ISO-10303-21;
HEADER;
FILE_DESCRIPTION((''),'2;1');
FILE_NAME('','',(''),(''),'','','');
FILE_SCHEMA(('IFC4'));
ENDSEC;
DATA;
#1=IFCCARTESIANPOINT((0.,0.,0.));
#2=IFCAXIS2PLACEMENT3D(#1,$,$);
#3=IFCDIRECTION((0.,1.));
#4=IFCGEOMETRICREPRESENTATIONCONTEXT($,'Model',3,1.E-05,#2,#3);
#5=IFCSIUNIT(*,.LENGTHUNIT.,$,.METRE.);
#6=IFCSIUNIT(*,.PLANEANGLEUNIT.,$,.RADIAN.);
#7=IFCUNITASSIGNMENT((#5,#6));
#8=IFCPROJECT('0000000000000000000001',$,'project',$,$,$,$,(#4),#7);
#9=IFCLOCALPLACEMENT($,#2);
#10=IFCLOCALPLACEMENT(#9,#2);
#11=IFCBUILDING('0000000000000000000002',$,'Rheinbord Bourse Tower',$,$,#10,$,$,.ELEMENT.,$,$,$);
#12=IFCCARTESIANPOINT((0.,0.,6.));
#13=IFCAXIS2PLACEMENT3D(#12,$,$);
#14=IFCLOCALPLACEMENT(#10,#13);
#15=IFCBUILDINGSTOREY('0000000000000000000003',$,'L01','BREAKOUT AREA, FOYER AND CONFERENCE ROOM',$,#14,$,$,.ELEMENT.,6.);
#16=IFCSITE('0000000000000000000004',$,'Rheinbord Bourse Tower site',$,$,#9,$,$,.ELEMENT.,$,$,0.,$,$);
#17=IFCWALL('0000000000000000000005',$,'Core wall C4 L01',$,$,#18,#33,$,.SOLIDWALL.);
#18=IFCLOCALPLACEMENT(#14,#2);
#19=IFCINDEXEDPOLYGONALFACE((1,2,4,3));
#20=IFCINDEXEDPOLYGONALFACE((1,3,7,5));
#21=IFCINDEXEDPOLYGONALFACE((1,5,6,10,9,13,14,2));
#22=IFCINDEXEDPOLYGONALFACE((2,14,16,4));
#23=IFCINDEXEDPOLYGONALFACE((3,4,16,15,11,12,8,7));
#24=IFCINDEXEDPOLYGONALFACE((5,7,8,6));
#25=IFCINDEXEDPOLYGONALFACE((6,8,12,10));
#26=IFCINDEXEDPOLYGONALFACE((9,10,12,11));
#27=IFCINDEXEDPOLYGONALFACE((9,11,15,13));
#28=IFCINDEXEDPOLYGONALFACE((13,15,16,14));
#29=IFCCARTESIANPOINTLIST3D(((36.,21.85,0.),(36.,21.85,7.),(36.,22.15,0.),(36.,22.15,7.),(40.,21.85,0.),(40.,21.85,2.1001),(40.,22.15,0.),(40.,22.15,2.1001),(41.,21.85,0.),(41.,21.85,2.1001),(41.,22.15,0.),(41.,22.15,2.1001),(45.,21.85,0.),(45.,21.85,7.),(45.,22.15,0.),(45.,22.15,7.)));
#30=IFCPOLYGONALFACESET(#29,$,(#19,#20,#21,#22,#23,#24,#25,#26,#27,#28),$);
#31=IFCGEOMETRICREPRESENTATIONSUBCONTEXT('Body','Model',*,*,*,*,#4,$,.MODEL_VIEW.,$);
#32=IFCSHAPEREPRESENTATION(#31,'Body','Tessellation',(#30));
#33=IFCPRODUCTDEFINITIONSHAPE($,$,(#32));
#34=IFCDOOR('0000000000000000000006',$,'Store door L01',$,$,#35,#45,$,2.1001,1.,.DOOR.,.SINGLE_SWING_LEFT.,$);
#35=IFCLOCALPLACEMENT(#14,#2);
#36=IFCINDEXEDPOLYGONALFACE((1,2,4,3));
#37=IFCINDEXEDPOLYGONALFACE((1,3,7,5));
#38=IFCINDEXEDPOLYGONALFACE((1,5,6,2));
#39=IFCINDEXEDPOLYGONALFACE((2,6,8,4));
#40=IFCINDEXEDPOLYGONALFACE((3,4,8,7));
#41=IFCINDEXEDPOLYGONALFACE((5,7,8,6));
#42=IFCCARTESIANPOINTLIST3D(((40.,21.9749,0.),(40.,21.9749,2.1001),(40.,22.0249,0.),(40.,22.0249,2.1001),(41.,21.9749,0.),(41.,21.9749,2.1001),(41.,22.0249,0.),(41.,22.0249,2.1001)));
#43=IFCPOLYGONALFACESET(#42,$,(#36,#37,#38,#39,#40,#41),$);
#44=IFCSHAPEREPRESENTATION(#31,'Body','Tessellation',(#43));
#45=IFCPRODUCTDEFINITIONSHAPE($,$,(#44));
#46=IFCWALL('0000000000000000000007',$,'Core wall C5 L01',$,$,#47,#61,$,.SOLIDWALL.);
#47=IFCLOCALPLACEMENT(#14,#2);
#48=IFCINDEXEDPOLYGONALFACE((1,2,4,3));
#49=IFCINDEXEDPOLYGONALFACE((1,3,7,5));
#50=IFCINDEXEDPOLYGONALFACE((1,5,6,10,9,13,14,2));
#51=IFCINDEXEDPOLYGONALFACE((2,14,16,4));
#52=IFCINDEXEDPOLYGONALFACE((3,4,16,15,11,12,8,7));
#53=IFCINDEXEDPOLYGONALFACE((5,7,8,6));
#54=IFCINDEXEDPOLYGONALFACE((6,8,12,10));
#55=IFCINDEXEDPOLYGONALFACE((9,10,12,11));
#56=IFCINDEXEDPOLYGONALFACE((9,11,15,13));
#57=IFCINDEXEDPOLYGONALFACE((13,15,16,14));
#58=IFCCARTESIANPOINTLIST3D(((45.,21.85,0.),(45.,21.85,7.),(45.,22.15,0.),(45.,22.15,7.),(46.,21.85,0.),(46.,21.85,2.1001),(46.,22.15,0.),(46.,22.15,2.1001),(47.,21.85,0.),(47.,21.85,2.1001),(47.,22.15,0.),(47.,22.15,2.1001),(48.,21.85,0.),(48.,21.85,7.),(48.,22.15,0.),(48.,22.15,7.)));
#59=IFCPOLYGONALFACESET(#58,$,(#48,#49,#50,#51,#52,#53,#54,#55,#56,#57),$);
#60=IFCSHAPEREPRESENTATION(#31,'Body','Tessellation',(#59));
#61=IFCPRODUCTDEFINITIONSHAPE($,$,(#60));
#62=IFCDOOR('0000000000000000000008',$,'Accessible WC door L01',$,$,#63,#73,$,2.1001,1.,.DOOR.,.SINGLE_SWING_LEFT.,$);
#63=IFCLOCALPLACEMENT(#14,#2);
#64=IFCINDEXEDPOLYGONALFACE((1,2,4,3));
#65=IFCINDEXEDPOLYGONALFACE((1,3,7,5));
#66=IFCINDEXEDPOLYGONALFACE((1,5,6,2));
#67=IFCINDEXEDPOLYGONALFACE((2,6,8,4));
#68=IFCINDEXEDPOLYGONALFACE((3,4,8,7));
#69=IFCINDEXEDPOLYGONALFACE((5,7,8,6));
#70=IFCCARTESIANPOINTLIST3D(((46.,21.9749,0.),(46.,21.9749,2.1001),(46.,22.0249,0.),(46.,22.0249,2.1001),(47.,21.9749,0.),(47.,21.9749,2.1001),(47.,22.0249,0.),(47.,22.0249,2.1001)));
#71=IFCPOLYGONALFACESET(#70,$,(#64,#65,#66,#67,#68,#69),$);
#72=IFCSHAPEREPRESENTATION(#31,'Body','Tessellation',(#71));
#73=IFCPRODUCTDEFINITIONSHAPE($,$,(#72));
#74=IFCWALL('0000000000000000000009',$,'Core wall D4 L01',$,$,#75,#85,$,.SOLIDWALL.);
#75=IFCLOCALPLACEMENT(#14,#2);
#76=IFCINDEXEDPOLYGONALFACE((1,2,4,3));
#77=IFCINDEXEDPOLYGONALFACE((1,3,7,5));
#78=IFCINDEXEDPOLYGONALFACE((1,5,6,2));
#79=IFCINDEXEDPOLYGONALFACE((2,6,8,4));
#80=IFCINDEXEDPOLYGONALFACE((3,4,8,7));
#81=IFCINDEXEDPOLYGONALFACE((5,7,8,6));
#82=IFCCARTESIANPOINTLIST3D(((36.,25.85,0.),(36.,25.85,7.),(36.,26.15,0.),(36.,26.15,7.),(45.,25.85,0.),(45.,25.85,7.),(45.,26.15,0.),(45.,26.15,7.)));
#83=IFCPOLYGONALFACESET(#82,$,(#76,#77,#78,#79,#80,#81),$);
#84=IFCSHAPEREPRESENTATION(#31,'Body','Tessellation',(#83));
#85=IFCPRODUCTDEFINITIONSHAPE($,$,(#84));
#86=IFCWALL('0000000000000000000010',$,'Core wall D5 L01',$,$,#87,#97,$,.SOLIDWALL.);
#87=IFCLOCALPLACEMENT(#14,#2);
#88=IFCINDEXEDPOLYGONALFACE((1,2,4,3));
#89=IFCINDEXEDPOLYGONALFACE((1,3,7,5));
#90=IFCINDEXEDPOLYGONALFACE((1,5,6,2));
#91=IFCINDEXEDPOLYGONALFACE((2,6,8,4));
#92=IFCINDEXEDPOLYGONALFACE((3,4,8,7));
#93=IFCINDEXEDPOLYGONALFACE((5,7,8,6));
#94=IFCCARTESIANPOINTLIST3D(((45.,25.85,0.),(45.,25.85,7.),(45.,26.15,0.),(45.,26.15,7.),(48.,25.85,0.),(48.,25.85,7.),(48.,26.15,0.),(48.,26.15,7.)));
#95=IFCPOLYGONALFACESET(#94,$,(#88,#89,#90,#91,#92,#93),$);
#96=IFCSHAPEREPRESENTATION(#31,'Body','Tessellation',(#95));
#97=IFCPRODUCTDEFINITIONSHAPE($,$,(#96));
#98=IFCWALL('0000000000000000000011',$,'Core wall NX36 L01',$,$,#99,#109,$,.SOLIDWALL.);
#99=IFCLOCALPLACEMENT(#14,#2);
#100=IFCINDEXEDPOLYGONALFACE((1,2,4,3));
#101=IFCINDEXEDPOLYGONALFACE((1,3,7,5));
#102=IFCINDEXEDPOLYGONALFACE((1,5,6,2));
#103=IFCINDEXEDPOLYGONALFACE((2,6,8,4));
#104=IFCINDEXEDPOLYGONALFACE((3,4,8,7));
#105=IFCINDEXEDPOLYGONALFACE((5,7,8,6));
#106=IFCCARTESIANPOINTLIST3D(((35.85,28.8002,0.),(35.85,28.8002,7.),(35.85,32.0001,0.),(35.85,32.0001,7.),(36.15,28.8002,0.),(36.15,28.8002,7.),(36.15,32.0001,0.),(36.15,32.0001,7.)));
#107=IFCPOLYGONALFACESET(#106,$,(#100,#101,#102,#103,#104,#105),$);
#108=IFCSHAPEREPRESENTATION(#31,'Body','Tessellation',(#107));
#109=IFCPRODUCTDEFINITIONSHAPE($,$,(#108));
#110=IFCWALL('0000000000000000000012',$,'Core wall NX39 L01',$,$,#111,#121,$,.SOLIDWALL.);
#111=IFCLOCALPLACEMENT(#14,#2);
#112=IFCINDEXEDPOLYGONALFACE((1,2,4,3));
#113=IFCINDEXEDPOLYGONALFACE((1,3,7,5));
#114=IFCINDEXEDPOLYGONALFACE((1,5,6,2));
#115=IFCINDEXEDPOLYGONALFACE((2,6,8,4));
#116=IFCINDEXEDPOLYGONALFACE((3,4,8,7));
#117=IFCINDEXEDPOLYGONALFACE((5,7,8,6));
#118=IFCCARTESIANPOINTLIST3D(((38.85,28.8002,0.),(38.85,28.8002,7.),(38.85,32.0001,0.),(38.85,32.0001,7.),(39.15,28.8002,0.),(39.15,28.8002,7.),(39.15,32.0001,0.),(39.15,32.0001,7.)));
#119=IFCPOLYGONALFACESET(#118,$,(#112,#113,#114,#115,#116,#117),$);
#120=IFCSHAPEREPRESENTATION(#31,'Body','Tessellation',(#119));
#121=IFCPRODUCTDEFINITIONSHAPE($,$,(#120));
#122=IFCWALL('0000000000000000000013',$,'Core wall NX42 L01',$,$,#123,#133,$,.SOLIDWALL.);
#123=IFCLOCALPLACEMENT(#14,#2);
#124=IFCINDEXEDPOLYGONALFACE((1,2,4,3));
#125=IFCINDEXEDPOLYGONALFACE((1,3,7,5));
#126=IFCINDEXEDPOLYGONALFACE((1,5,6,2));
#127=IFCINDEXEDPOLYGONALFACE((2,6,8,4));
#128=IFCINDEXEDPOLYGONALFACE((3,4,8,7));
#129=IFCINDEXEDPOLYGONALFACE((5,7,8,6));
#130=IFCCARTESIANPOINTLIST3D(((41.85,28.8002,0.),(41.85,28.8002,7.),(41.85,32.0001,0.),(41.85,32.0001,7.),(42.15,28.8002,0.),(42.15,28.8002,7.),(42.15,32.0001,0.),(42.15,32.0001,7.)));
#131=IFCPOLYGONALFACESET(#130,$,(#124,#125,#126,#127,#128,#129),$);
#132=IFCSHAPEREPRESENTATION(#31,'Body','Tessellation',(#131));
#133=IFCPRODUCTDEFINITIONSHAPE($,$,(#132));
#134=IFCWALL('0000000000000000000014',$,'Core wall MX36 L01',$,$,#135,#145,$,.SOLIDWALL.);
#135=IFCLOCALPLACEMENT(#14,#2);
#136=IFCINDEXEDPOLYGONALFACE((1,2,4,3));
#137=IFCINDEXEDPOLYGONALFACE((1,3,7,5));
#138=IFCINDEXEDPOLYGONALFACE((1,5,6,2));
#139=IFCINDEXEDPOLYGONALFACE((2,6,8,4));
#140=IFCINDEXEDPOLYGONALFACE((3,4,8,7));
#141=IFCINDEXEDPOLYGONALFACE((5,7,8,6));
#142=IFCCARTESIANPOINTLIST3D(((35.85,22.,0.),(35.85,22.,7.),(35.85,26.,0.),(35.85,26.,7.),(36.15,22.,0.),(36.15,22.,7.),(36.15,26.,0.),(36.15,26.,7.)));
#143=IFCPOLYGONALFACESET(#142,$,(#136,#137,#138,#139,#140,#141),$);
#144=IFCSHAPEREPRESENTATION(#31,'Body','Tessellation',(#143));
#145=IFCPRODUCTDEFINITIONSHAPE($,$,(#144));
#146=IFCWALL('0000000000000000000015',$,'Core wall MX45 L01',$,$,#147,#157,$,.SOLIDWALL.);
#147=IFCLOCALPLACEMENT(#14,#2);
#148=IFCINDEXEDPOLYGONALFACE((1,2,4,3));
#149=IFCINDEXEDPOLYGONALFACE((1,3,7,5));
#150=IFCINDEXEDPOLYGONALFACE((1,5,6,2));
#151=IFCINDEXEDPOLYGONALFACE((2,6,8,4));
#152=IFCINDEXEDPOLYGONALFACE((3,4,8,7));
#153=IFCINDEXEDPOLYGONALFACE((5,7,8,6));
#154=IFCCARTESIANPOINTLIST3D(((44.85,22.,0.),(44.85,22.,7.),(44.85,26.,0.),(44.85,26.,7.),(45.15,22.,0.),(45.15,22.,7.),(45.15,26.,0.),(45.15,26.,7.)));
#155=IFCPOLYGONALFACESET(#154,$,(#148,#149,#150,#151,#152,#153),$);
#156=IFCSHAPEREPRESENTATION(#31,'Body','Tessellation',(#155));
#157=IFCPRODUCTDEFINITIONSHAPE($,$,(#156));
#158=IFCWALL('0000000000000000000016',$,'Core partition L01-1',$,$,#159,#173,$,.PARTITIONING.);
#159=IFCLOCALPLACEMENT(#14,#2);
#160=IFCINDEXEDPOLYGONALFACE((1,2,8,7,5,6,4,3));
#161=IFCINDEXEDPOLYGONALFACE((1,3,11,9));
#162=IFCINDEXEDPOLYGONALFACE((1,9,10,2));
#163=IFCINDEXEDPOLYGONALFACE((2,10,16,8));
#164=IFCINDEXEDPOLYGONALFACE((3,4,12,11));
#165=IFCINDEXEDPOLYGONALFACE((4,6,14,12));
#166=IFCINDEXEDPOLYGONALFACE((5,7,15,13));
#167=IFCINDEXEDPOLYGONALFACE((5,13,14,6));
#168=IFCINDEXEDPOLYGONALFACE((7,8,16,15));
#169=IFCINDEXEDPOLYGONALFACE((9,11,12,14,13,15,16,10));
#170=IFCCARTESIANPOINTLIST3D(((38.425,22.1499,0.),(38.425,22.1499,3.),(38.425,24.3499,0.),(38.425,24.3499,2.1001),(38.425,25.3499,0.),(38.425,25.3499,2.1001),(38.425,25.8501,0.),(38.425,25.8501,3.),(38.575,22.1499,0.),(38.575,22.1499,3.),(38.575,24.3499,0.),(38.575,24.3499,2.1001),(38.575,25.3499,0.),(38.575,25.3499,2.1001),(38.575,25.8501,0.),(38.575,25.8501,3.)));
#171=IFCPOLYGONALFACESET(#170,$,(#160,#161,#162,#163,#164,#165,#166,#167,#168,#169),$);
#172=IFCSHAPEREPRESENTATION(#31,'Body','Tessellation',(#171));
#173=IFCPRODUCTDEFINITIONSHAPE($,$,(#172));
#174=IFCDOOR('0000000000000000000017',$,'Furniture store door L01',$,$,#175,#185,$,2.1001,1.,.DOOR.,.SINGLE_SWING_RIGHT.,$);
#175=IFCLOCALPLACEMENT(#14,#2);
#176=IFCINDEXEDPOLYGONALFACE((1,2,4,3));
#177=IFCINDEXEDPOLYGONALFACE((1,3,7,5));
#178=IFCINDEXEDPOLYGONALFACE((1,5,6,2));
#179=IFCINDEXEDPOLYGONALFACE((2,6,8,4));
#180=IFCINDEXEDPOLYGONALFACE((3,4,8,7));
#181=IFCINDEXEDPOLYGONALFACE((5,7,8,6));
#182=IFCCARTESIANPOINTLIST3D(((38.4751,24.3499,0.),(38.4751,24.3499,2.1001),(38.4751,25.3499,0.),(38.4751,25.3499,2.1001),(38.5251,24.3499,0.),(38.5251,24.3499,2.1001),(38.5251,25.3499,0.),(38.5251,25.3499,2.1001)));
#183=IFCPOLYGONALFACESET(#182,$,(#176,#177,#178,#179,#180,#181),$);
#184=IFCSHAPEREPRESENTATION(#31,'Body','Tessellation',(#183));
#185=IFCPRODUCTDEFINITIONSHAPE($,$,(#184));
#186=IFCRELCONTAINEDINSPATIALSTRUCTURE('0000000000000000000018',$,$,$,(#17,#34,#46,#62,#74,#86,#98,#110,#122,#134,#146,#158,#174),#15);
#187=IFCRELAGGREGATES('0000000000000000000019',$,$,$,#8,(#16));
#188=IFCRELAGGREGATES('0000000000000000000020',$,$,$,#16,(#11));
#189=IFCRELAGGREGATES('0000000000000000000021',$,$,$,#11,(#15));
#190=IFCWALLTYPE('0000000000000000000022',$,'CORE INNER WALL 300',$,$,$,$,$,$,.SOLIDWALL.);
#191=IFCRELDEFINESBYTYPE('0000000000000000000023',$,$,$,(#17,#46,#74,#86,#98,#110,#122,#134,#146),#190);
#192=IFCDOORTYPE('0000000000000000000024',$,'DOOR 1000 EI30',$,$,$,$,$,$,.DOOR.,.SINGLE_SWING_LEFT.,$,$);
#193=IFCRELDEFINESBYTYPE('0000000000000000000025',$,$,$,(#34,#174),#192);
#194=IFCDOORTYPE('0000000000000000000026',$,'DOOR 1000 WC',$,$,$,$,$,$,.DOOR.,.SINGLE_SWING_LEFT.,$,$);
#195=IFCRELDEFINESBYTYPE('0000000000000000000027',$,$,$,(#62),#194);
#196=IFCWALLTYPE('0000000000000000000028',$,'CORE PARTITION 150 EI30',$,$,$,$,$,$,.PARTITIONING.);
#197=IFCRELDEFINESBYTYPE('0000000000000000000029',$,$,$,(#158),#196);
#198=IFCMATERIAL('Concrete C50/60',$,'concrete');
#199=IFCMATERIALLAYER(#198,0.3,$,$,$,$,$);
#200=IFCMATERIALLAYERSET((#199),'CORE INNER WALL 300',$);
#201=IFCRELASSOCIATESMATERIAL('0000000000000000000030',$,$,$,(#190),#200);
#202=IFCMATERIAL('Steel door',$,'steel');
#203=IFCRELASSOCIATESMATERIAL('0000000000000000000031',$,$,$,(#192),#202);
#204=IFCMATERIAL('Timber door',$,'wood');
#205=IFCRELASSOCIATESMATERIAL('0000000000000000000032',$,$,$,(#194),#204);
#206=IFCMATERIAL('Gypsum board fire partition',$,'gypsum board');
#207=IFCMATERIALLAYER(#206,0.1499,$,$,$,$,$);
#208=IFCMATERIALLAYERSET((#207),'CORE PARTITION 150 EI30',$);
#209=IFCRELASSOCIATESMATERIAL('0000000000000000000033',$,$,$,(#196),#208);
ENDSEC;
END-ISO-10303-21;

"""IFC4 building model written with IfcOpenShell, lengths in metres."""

from ifc_helpers import new_model, si_unit, direction, frame, frame_2d, origin, place, context, subcontext, project, spatial, rectangle, extrude, material, layer, layer_set, type_object, element, fill, save


model = new_model("IFC4")

# Units and contexts
model_context = context("Model", 3, precision=1e-05, world=origin(), true_north=direction((0.0, 1.0)))
body_context = subcontext(model_context, "Body", "Model", "MODEL_VIEW")
ifc_project = project(units=[si_unit("LENGTHUNIT", "METRE"), si_unit("PLANEANGLEUNIT", "RADIAN")], contexts=[model_context])

# Site, building, storey
site_placement = place(None, origin())
site = spatial("IfcSite", under=ifc_project, at=site_placement, Name="Rheinbord Bourse Tower site", CompositionType="ELEMENT", RefElevation=0.0)
building_placement = place(site_placement, origin())
building = spatial("IfcBuilding", under=site, at=building_placement, Name="Rheinbord Bourse Tower", CompositionType="ELEMENT")
storey_placement = place(building_placement, frame((0.0, 0.0, 6.0)))
storey = spatial("IfcBuildingStorey", under=building, at=storey_placement, Name="L01", Description="BREAKOUT AREA, FOYER AND CONFERENCE ROOM", CompositionType="ELEMENT", Elevation=6.0)

# Shared definitions
ifc_material_1 = material(Name="Concrete C50/60", Category="concrete")
ifc_layer_1 = layer(ifc_material_1, 0.3)
ifc_layer_set_1 = layer_set([ifc_layer_1], Name="CORE INNER WALL 300")
wall_type_1 = type_object("IfcWallType", Name="CORE INNER WALL 300", PredefinedType="SOLIDWALL", material=ifc_layer_set_1)

# Shared definitions
ifc_material_2 = material(Name="Steel door", Category="steel")
door_type_1 = type_object("IfcDoorType", Name="DOOR 1000 EI30", OperationType="SINGLE_SWING_LEFT", PredefinedType="DOOR", material=ifc_material_2)

# Walls, openings, doors
wall_1_placement = place(storey_placement, frame((36.0, 22.0, 0.0), z_axis=(0.0, 0.0, 1.0), x_axis=(1.0, 0.0, 0.0)))
wall_1 = element("IfcWall", 1, at=wall_1_placement, inside=storey, type_object=wall_type_1, Name="Core wall C4 L01", PredefinedType="SOLIDWALL", context=body_context, shape_type="SweptSolid", body=[
    extrude(rectangle(XDim=9.0, YDim=0.3, at=frame_2d((4.5, 0.0))), origin(), (0.0, 0.0, 1.0), 7.0),
])
opening_1_placement = place(wall_1_placement, frame((4.0, 0.0, 0.0)))
opening_1 = element("IfcOpeningElement", 2, at=opening_1_placement, cuts=wall_1, PredefinedType="OPENING", context=body_context, shape_type="SweptSolid", body=[
    extrude(rectangle(XDim=1.0, YDim=2.1001, at=frame_2d((0.5, 1.05))), frame((0.0, 0.1599, 0.0), z_axis=(0.0, -1.0, 0.0), x_axis=(1.0, 0.0, 0.0)), (0.0, 0.0, 1.0), 0.3201),
])
door_1_placement = place(opening_1_placement, origin())
door_1 = element("IfcDoor", 3, at=door_1_placement, inside=storey, type_object=door_type_1, Name="Store door L01", OperationType="SINGLE_SWING_LEFT", OverallHeight=2.1001, OverallWidth=1.0, PredefinedType="DOOR", context=body_context, shape_type="SweptSolid", body=[
    extrude(rectangle(XDim=1.0, YDim=2.1001, at=frame_2d((0.5, 1.05))), frame((0.0, 0.0249, 0.0), z_axis=(0.0, -1.0, 0.0), x_axis=(1.0, 0.0, 0.0)), (0.0, 0.0, 1.0), 0.05),
])
fill(opening_1, door_1)
wall_2_placement = place(storey_placement, frame((45.0, 22.0, 0.0), z_axis=(0.0, 0.0, 1.0), x_axis=(1.0, 0.0, 0.0)))
wall_2 = element("IfcWall", 4, at=wall_2_placement, inside=storey, type_object=wall_type_1, Name="Core wall C5 L01", PredefinedType="SOLIDWALL", context=body_context, shape_type="SweptSolid", body=[
    extrude(rectangle(XDim=3.0, YDim=0.3, at=frame_2d((1.5, 0.0))), origin(), (0.0, 0.0, 1.0), 7.0),
])
opening_2_placement = place(wall_2_placement, frame((1.0, 0.0, 0.0)))
opening_2 = element("IfcOpeningElement", 5, at=opening_2_placement, cuts=wall_2, PredefinedType="OPENING", context=body_context, shape_type="SweptSolid", body=[
    extrude(rectangle(XDim=1.0, YDim=2.1001, at=frame_2d((0.5, 1.05))), frame((0.0, 0.1599, 0.0), z_axis=(0.0, -1.0, 0.0), x_axis=(1.0, 0.0, 0.0)), (0.0, 0.0, 1.0), 0.3201),
])
ifc_material_3 = material(Name="Timber door", Category="wood")
door_type_2 = type_object("IfcDoorType", Name="DOOR 1000 WC", OperationType="SINGLE_SWING_LEFT", PredefinedType="DOOR", material=ifc_material_3)
door_2_placement = place(opening_2_placement, origin())
door_2 = element("IfcDoor", 6, at=door_2_placement, inside=storey, type_object=door_type_2, Name="Accessible WC door L01", OperationType="SINGLE_SWING_LEFT", OverallHeight=2.1001, OverallWidth=1.0, PredefinedType="DOOR", context=body_context, shape_type="SweptSolid", body=[
    extrude(rectangle(XDim=1.0, YDim=2.1001, at=frame_2d((0.5, 1.05))), frame((0.0, 0.0249, 0.0), z_axis=(0.0, -1.0, 0.0), x_axis=(1.0, 0.0, 0.0)), (0.0, 0.0, 1.0), 0.05),
])
fill(opening_2, door_2)

# Walls
wall_3_placement = place(storey_placement, frame((36.0, 26.0, 0.0), z_axis=(0.0, 0.0, 1.0), x_axis=(1.0, 0.0, 0.0)))
element("IfcWall", 7, at=wall_3_placement, inside=storey, type_object=wall_type_1, Name="Core wall D4 L01", PredefinedType="SOLIDWALL", context=body_context, shape_type="SweptSolid", body=[
    extrude(rectangle(XDim=9.0, YDim=0.3, at=frame_2d((4.5, 0.0))), origin(), (0.0, 0.0, 1.0), 7.0),
])
wall_4_placement = place(storey_placement, frame((45.0, 26.0, 0.0), z_axis=(0.0, 0.0, 1.0), x_axis=(1.0, 0.0, 0.0)))
element("IfcWall", 8, at=wall_4_placement, inside=storey, type_object=wall_type_1, Name="Core wall D5 L01", PredefinedType="SOLIDWALL", context=body_context, shape_type="SweptSolid", body=[
    extrude(rectangle(XDim=3.0, YDim=0.3, at=frame_2d((1.5, 0.0))), origin(), (0.0, 0.0, 1.0), 7.0),
])
for number, where, z_axis, x_axis, name in (
    (9, (36.0, 28.8, 0.0), (0.0, 0.0, 1.0), (0.0, 1.0, 0.0), "Core wall NX36 L01"),
    (10, (39.0, 28.8, 0.0), (0.0, 0.0, 1.0), (0.0, 1.0, 0.0), "Core wall NX39 L01"),
    (11, (42.0, 28.8, 0.0), (0.0, 0.0, 1.0), (0.0, 1.0, 0.0), "Core wall NX42 L01"),
):
    element("IfcWall", number, at=place(storey_placement, frame(where, z_axis=z_axis, x_axis=x_axis)), inside=storey, type_object=wall_type_1, Name=name, PredefinedType="SOLIDWALL", context=body_context, shape_type="SweptSolid", body=[
        extrude(rectangle(XDim=3.2, YDim=0.3, at=frame_2d((1.6001, 0.0))), origin(), (0.0, 0.0, 1.0), 7.0),
    ])
for number, where, z_axis, x_axis, name in (
    (12, (36.0, 22.0, 0.0), (0.0, 0.0, 1.0), (0.0, 1.0, 0.0), "Core wall MX36 L01"),
    (13, (45.0, 22.0, 0.0), (0.0, 0.0, 1.0), (0.0, 1.0, 0.0), "Core wall MX45 L01"),
):
    element("IfcWall", number, at=place(storey_placement, frame(where, z_axis=z_axis, x_axis=x_axis)), inside=storey, type_object=wall_type_1, Name=name, PredefinedType="SOLIDWALL", context=body_context, shape_type="SweptSolid", body=[
        extrude(rectangle(XDim=4.0, YDim=0.3, at=frame_2d((2.0, 0.0))), origin(), (0.0, 0.0, 1.0), 7.0),
    ])

# Wall, opening, door
ifc_material_4 = material(Name="Gypsum board fire partition", Category="gypsum board")
ifc_layer_2 = layer(ifc_material_4, 0.1499)
ifc_layer_set_2 = layer_set([ifc_layer_2], Name="CORE PARTITION 150 EI30")
wall_type_2 = type_object("IfcWallType", Name="CORE PARTITION 150 EI30", PredefinedType="PARTITIONING", material=ifc_layer_set_2)
wall_5_placement = place(storey_placement, frame((38.5, 22.1499, 0.0), z_axis=(0.0, 0.0, 1.0), x_axis=(0.0, 1.0, 0.0)))
wall_5 = element("IfcWall", 14, at=wall_5_placement, inside=storey, type_object=wall_type_2, Name="Core partition L01-1", PredefinedType="PARTITIONING", context=body_context, shape_type="SweptSolid", body=[
    extrude(rectangle(XDim=3.7002, YDim=0.1499, at=frame_2d((1.8501, 0.0))), origin(), (0.0, 0.0, 1.0), 3.0),
])
opening_3_placement = place(wall_5_placement, frame((2.2, 0.0, 0.0)))
opening_3 = element("IfcOpeningElement", 15, at=opening_3_placement, cuts=wall_5, PredefinedType="OPENING", context=body_context, shape_type="SweptSolid", body=[
    extrude(rectangle(XDim=1.0, YDim=2.1001, at=frame_2d((0.5, 1.05))), frame((0.0, 0.085, 0.0), z_axis=(0.0, -1.0, 0.0), x_axis=(1.0, 0.0, 0.0)), (0.0, 0.0, 1.0), 0.1699),
])
door_3_placement = place(opening_3_placement, origin())
door_3 = element("IfcDoor", 16, at=door_3_placement, inside=storey, type_object=door_type_1, Name="Furniture store door L01", OperationType="SINGLE_SWING_RIGHT", OverallHeight=2.1001, OverallWidth=1.0, PredefinedType="DOOR", context=body_context, shape_type="SweptSolid", body=[
    extrude(rectangle(XDim=1.0, YDim=2.1001, at=frame_2d((0.5, 1.05))), frame((0.0, 0.0249, 0.0), z_axis=(0.0, -1.0, 0.0), x_axis=(1.0, 0.0, 0.0)), (0.0, 0.0, 1.0), 0.05),
])
fill(opening_3, door_3)

save(model, "model.ifc")
